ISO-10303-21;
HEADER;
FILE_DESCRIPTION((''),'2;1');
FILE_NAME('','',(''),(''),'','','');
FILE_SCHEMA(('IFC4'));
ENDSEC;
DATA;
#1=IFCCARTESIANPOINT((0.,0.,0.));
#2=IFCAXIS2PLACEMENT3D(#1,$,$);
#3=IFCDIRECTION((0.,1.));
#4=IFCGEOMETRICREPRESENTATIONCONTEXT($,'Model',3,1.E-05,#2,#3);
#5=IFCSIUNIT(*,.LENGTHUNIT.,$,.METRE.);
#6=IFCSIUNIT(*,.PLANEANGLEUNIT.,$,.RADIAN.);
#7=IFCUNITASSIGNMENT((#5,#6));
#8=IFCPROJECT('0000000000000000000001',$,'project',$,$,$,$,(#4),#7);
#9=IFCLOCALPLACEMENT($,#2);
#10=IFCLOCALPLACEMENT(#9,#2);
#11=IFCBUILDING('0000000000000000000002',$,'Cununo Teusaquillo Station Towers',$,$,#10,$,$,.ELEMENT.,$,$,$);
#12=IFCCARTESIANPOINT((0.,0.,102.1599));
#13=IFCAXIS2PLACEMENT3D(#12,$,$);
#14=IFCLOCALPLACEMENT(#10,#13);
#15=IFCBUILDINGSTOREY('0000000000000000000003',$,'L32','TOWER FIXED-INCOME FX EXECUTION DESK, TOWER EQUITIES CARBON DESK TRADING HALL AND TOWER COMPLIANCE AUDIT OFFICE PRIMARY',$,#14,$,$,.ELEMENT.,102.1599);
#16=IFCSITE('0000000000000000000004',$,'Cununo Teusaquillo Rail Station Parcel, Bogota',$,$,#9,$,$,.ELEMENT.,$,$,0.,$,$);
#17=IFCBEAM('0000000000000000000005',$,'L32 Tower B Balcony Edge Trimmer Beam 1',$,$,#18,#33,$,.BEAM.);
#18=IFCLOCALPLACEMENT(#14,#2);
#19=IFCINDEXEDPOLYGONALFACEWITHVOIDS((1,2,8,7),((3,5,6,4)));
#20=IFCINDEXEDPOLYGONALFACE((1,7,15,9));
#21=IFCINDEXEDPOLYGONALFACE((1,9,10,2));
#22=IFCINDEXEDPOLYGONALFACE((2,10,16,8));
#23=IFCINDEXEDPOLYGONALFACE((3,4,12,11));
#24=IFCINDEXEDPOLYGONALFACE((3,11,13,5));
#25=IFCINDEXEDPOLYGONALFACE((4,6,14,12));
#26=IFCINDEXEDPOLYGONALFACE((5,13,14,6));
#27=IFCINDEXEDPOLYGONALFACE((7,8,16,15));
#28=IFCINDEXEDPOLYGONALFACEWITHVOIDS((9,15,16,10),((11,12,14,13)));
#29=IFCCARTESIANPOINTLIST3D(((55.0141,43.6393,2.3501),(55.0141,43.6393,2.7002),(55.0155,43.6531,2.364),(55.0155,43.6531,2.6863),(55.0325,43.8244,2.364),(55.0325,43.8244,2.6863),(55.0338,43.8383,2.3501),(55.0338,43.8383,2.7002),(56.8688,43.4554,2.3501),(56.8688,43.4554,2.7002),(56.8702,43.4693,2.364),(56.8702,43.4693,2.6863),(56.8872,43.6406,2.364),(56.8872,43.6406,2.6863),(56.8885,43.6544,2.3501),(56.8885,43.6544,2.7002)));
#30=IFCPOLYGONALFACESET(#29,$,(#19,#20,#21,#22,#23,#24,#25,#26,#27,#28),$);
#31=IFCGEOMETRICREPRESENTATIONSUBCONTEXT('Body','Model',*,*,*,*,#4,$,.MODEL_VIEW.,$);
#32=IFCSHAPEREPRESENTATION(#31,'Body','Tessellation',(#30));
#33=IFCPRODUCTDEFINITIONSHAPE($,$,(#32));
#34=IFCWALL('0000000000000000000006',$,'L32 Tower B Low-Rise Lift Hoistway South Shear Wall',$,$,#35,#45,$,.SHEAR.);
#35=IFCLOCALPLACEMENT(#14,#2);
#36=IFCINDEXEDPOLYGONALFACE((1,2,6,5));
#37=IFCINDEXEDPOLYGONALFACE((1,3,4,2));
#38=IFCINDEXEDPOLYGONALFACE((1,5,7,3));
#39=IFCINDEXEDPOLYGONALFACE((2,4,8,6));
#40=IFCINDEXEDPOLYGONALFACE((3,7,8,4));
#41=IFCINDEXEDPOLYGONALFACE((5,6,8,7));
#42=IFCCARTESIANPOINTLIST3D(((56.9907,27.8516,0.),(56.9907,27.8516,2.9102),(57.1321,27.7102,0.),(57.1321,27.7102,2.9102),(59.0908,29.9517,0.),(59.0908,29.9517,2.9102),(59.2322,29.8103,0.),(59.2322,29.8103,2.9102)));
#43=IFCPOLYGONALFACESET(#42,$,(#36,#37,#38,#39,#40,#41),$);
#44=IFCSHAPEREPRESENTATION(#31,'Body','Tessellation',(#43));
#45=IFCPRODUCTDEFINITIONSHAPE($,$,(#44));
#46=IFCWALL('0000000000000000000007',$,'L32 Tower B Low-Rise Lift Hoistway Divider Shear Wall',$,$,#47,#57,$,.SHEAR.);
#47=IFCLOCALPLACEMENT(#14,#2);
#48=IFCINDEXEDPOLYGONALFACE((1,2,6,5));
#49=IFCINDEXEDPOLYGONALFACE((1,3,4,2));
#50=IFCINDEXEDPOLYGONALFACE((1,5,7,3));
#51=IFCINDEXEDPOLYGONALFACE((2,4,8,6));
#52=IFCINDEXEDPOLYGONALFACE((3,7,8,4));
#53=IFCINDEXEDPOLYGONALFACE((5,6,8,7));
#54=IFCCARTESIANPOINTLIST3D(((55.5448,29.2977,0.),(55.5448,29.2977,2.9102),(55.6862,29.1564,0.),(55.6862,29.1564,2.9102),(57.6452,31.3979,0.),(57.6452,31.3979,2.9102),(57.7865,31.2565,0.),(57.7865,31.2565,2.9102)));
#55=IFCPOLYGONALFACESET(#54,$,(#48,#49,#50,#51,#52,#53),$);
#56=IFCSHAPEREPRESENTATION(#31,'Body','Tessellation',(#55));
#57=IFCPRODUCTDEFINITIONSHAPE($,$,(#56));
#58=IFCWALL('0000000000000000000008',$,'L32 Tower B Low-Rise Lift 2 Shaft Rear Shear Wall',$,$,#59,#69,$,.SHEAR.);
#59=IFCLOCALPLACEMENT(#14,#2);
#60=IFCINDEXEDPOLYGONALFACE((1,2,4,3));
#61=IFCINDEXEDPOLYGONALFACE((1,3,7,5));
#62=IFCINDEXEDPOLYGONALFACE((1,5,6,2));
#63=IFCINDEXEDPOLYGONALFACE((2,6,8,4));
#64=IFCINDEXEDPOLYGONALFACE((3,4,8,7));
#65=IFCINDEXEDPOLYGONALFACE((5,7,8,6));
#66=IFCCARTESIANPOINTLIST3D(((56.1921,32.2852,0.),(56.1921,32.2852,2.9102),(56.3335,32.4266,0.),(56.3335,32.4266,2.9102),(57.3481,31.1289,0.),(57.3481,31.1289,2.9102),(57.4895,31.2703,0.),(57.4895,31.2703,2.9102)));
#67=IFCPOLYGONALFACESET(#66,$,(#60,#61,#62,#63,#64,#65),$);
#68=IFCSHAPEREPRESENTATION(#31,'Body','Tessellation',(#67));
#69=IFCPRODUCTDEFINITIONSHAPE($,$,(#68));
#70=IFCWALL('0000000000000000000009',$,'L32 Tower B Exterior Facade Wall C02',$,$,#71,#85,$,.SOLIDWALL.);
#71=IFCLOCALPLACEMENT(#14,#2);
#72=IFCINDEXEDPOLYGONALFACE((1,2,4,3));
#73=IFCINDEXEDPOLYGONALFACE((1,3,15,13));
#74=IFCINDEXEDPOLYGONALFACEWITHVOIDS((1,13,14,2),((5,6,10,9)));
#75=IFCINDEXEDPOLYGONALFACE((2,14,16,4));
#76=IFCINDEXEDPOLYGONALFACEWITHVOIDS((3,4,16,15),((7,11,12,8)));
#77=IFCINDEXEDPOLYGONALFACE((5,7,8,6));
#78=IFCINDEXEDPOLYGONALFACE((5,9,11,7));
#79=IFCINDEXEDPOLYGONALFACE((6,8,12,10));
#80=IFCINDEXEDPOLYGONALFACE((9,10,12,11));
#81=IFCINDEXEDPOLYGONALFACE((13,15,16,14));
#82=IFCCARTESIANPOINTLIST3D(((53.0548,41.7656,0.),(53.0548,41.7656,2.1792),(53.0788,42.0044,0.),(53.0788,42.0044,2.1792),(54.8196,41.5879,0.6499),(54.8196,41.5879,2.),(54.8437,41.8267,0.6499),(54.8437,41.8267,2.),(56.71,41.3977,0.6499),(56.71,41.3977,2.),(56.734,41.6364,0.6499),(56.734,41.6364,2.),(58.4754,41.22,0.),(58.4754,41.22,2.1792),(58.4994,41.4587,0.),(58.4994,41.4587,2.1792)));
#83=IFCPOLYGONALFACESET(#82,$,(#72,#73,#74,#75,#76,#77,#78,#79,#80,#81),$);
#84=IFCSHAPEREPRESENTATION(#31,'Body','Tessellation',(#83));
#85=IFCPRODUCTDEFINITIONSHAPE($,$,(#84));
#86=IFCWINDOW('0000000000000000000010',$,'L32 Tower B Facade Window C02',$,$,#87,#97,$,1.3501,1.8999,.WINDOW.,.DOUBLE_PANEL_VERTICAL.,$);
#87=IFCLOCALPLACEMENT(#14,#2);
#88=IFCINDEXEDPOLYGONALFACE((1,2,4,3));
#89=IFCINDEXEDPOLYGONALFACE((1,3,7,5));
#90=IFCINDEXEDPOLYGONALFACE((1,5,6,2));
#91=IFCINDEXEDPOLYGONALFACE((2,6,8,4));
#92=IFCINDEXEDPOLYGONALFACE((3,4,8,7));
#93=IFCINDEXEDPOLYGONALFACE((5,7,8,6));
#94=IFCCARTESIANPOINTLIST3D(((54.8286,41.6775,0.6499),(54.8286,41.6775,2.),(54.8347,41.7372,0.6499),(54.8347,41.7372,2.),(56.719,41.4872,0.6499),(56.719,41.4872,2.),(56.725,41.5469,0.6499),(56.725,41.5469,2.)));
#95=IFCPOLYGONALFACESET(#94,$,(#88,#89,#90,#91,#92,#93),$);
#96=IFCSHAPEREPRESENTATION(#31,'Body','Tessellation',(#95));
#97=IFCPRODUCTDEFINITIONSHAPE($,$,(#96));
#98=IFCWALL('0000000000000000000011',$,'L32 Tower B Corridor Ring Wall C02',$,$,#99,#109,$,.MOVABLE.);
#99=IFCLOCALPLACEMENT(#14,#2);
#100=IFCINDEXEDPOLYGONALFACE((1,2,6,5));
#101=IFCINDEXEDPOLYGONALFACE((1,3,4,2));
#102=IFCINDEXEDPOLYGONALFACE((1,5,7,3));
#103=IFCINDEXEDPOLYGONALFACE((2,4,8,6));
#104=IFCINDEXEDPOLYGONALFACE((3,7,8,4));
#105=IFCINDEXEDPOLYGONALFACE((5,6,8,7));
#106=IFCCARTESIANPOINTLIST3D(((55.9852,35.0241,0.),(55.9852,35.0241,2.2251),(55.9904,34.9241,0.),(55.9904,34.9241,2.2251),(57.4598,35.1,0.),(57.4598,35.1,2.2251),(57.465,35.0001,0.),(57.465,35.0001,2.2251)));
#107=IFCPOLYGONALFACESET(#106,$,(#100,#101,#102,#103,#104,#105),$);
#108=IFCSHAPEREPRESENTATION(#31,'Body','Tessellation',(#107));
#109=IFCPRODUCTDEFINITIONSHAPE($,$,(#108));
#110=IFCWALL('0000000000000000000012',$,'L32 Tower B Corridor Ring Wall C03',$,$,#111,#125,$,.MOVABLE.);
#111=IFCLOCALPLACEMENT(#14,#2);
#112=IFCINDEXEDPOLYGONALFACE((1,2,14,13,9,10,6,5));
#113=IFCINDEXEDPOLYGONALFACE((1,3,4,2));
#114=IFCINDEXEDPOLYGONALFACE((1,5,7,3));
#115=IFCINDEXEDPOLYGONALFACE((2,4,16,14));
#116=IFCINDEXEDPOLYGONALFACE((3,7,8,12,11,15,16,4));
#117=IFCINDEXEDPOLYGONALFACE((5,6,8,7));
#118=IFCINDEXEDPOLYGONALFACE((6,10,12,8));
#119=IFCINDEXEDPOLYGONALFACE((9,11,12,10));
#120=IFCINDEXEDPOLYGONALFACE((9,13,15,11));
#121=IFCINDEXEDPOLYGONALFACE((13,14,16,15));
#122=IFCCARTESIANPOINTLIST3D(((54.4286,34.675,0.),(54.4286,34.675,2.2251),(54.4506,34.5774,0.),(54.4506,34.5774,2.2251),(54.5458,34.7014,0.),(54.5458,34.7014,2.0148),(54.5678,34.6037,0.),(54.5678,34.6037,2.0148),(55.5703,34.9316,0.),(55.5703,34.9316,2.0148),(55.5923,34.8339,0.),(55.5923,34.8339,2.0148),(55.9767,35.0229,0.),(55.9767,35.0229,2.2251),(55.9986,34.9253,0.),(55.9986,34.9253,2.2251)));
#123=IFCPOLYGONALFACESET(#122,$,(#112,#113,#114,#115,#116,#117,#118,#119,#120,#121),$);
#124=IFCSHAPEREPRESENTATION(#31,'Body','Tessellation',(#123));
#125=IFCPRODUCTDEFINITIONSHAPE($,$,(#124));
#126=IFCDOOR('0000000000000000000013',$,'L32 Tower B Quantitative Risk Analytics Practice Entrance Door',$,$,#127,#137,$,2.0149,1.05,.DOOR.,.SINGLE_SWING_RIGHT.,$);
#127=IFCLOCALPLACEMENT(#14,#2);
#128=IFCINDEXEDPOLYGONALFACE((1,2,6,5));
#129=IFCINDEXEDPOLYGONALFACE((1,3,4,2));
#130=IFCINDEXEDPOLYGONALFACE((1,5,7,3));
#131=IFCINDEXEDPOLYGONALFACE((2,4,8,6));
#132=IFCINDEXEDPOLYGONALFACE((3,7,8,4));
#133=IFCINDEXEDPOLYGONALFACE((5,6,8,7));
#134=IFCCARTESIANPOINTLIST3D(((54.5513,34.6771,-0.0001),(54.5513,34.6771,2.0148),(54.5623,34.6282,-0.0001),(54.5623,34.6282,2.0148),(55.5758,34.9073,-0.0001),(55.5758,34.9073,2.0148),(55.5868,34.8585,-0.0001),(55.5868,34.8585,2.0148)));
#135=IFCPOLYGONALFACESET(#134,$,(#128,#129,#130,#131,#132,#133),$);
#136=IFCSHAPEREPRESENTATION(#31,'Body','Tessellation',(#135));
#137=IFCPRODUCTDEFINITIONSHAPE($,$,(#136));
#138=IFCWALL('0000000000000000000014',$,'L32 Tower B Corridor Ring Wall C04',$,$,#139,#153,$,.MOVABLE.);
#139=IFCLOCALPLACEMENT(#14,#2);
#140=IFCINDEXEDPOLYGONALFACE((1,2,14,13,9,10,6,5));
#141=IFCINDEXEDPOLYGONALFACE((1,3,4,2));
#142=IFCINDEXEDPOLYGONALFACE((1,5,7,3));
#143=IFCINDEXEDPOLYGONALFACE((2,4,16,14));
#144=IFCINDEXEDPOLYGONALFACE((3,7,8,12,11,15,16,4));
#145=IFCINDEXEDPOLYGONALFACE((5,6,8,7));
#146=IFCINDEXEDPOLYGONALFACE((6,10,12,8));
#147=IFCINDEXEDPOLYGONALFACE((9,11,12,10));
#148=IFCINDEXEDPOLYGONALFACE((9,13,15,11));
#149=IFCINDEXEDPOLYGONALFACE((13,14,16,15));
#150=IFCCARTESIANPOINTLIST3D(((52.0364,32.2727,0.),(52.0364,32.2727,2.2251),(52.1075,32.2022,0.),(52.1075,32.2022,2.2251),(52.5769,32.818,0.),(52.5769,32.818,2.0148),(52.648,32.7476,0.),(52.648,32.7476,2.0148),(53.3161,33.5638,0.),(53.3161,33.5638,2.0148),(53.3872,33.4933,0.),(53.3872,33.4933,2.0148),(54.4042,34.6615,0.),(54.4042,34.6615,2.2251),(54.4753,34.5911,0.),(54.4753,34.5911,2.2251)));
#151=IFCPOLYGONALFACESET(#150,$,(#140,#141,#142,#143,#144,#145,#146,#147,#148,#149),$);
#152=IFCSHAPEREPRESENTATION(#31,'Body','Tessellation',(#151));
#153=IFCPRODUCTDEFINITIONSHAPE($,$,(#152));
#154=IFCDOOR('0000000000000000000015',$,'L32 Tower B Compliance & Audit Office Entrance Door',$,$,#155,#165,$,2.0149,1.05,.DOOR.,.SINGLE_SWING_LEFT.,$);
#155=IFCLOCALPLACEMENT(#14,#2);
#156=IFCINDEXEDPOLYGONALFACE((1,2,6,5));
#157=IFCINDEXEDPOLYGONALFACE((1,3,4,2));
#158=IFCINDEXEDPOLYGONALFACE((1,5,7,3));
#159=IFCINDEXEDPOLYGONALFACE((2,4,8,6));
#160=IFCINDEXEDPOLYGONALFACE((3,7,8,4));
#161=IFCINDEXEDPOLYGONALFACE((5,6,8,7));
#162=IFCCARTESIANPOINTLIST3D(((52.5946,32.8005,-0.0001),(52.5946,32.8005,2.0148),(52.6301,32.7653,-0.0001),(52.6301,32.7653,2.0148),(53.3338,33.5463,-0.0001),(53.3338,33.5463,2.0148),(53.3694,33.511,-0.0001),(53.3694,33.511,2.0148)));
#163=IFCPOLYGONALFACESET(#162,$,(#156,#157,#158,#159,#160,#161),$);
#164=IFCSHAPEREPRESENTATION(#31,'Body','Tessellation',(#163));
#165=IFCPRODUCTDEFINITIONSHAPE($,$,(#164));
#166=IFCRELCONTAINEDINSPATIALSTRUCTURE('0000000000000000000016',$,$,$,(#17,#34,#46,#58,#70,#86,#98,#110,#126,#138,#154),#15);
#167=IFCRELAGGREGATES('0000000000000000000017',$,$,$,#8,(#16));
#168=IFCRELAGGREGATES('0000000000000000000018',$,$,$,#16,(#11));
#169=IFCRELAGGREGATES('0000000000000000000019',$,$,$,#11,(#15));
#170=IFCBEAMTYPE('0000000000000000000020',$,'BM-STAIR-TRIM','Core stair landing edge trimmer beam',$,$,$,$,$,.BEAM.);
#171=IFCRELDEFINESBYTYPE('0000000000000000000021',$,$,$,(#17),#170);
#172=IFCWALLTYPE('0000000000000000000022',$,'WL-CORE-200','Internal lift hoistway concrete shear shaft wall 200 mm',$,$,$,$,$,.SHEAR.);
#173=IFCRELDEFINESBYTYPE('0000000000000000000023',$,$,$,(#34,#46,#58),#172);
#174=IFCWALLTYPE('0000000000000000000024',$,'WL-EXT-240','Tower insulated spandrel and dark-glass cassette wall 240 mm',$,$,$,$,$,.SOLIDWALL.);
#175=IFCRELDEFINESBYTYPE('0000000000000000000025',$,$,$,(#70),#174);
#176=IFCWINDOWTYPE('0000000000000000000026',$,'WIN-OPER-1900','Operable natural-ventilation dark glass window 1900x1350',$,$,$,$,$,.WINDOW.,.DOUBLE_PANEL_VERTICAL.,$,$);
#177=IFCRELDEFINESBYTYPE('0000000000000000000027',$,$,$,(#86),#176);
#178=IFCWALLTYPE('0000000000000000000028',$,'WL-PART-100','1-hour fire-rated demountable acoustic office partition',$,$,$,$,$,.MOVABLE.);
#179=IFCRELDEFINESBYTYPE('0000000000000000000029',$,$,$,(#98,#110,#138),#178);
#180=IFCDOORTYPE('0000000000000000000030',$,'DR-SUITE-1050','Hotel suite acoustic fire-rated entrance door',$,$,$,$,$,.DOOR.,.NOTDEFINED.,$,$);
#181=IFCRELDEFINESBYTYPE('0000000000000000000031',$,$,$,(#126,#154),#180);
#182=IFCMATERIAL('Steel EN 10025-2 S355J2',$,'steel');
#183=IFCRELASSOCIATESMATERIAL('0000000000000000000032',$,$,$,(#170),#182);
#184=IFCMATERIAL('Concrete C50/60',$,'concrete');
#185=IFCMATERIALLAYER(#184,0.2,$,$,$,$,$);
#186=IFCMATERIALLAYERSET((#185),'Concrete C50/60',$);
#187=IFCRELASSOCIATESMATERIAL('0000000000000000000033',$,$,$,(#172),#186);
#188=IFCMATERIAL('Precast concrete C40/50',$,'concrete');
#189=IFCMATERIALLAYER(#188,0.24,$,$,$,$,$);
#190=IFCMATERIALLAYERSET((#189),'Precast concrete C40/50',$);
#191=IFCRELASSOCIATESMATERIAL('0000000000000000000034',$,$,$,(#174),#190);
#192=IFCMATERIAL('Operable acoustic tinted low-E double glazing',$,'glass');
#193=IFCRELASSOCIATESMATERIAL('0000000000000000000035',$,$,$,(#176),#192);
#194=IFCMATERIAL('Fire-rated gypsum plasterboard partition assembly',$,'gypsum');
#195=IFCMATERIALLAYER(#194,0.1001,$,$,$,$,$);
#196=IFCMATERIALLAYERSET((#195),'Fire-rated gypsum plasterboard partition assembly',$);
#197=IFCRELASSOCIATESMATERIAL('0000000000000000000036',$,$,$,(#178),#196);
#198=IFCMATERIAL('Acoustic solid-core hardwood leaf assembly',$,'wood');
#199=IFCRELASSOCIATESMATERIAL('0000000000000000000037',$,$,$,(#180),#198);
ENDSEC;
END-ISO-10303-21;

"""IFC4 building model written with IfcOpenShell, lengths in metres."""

from ifc_helpers import new_model, si_unit, direction, frame, frame_2d, origin, origin_2d, place, context, subcontext, project, spatial, rectangle, hollow_rectangle, extrude, source, transform, mapped, material, layer, layer_set, material_profile, profile_set, type_object, element, fill, save


model = new_model("IFC4")

# Units and contexts
model_context = context("Model", 3, precision=1e-05, world=origin(), true_north=direction((0.0, 1.0)))
body_context = subcontext(model_context, "Body", "Model", "MODEL_VIEW")
ifc_project = project(units=[si_unit("LENGTHUNIT", "METRE"), si_unit("PLANEANGLEUNIT", "RADIAN")], contexts=[model_context])

# Site, building, storey
site_placement = place(None, origin())
site = spatial("IfcSite", under=ifc_project, at=site_placement, Name="Cununo Teusaquillo Rail Station Parcel, Bogota", CompositionType="ELEMENT", RefElevation=0.0)
building_placement = place(site_placement, origin())
building = spatial("IfcBuilding", under=site, at=building_placement, Name="Cununo Teusaquillo Station Towers", CompositionType="ELEMENT")
storey_placement = place(building_placement, frame((0.0, 0.0, 102.1599)))
storey = spatial("IfcBuildingStorey", under=building, at=storey_placement, Name="L32", Description="TOWER FIXED-INCOME FX EXECUTION DESK, TOWER EQUITIES CARBON DESK TRADING HALL AND TOWER COMPLIANCE AUDIT OFFICE PRIMARY", CompositionType="ELEMENT", Elevation=102.1599)

# Beam
ifc_material_1 = material(Name="Steel EN 10025-2 S355J2", Category="steel")
ifc_material_profile_1 = material_profile(ifc_material_1, hollow_rectangle(XDim=0.2, YDim=0.3501, WallThickness=0.0139, at=origin_2d()), Name="RHS 350x200x14")
ifc_profile_set_1 = profile_set([ifc_material_profile_1], Name="Steel EN 10025-2 S355J2")
beam_type_1 = type_object("IfcBeamType", Name="BM-STAIR-TRIM", Description="Core stair landing edge trimmer beam", PredefinedType="BEAM", material=ifc_profile_set_1)
beam_1_placement = place(storey_placement, frame((56.8787, 43.5549, 2.5251), z_axis=(-0.995124, 0.098635, 0.0), x_axis=(-0.098635, -0.995124, 0.0)))
element("IfcBeam", 1, at=beam_1_placement, inside=storey, type_object=beam_type_1, Name="L32 Tower B Balcony Edge Trimmer Beam 1", PredefinedType="BEAM", context=body_context, shape_type="SweptSolid", body=[
    extrude(hollow_rectangle(XDim=0.2, YDim=0.3501, WallThickness=0.0139, at=origin_2d()), origin(), (0.0, 0.0, 1.0), 1.8638),
])

# Walls
ifc_material_2 = material(Name="Concrete C50/60", Category="concrete")
ifc_layer_1 = layer(ifc_material_2, 0.2)
ifc_layer_set_1 = layer_set([ifc_layer_1], Name="Concrete C50/60")
wall_type_1 = type_object("IfcWallType", Name="WL-CORE-200", Description="Internal lift hoistway concrete shear shaft wall 200 mm", PredefinedType="SHEAR", material=ifc_layer_set_1)
wall_1_placement = place(storey_placement, frame((57.0615, 27.781, 0.0), z_axis=(0.0, 0.0, 1.0), x_axis=(0.707107, 0.707107, 0.0)))
element("IfcWall", 2, at=wall_1_placement, inside=storey, type_object=wall_type_1, Name="L32 Tower B Low-Rise Lift Hoistway South Shear Wall", PredefinedType="SHEAR", context=body_context, shape_type="SweptSolid", body=[
    extrude(rectangle(XDim=2.97, YDim=0.2, at=frame_2d((1.4849, 0.0))), origin(), (0.0, 0.0, 1.0), 2.9102),
])
wall_2_placement = place(storey_placement, frame((55.6155, 29.2271, 0.0), z_axis=(0.0, 0.0, 1.0), x_axis=(0.707148, 0.707066, 0.0)))
element("IfcWall", 3, at=wall_2_placement, inside=storey, type_object=wall_type_1, Name="L32 Tower B Low-Rise Lift Hoistway Divider Shear Wall", PredefinedType="SHEAR", context=body_context, shape_type="SweptSolid", body=[
    extrude(rectangle(XDim=2.9702, YDim=0.2, at=frame_2d((1.4851, 0.0))), origin(), (0.0, 0.0, 1.0), 2.9102),
])
wall_3_placement = place(storey_placement, frame((57.4187, 31.1997, 0.0), z_axis=(0.0, 0.0, 1.0), x_axis=(-0.707032, 0.707181, 0.0)))
element("IfcWall", 4, at=wall_3_placement, inside=storey, type_object=wall_type_1, Name="L32 Tower B Low-Rise Lift 2 Shaft Rear Shear Wall", PredefinedType="SHEAR", context=body_context, shape_type="SweptSolid", body=[
    extrude(rectangle(XDim=1.635, YDim=0.2, at=frame_2d((0.8174, 0.0))), origin(), (0.0, 0.0, 1.0), 2.9102),
])

# Wall, opening, window
ifc_material_3 = material(Name="Precast concrete C40/50", Category="concrete")
ifc_layer_2 = layer(ifc_material_3, 0.24)
ifc_layer_set_2 = layer_set([ifc_layer_2], Name="Precast concrete C40/50")
wall_type_2 = type_object("IfcWallType", Name="WL-EXT-240", Description="Tower insulated spandrel and dark-glass cassette wall 240 mm", PredefinedType="SOLIDWALL", material=ifc_layer_set_2)
wall_4_placement = place(storey_placement, frame((53.0667, 41.885, 0.0), z_axis=(0.0, 0.0, 1.0), x_axis=(0.994972, -0.100156, 0.0)))
wall_4 = element("IfcWall", 5, at=wall_4_placement, inside=storey, type_object=wall_type_2, Name="L32 Tower B Exterior Facade Wall C02", PredefinedType="SOLIDWALL", context=body_context, shape_type="SweptSolid", body=[
    extrude(rectangle(XDim=5.448, YDim=0.24, at=frame_2d((2.7241, 0.0))), origin(), (0.0, 0.0, 1.0), 2.1792),
])
shared_shape_1 = source(origin(), body_context, "Body", "SweptSolid", [
    extrude(rectangle(XDim=1.8999, YDim=1.3501, at=frame_2d((0.95, 0.675))), frame((0.0, 0.1299, 0.0), z_axis=(0.0, -1.0, 0.0), x_axis=(1.0, 0.0, 0.0)), (0.0, 0.0, 1.0), 0.26),
])
opening_1_placement = place(wall_4_placement, frame((1.7739, 0.0, 0.6499)))
opening_1 = element("IfcOpeningElement", 6, at=opening_1_placement, cuts=wall_4, PredefinedType="OPENING", context=body_context, shape_type="MappedRepresentation", body=[
    mapped(shared_shape_1, transform((0.0, 0.0, 0.0), x_axis=(1.0, 0.0, 0.0), y_axis=(0.0, 1.0, 0.0), z_axis=(0.0, 0.0, 1.0), scale=1.0)),
])
ifc_material_4 = material(Name="Operable acoustic tinted low-E double glazing", Category="glass")
window_type = type_object("IfcWindowType", Name="WIN-OPER-1900", Description="Operable natural-ventilation dark glass window 1900x1350", PartitioningType="DOUBLE_PANEL_VERTICAL", PredefinedType="WINDOW", material=ifc_material_4)
shared_shape_2 = source(origin(), body_context, "Body", "SweptSolid", [
    extrude(rectangle(XDim=1.8999, YDim=1.3501, at=frame_2d((0.95, 0.675))), frame((0.0, 0.03, 0.0), z_axis=(0.0, -1.0, 0.0), x_axis=(1.0, 0.0, 0.0)), (0.0, 0.0, 1.0), 0.0601),
])
window_placement = place(opening_1_placement, origin())
window = element("IfcWindow", 7, at=window_placement, inside=storey, type_object=window_type, Name="L32 Tower B Facade Window C02", OverallHeight=1.3501, OverallWidth=1.8999, PartitioningType="DOUBLE_PANEL_VERTICAL", PredefinedType="WINDOW", context=body_context, shape_type="MappedRepresentation", body=[
    mapped(shared_shape_2, transform((0.0, 0.0, 0.0), x_axis=(1.0, 0.0, 0.0), y_axis=(0.0, 1.0, 0.0), z_axis=(0.0, 0.0, 1.0), scale=1.0)),
])
fill(opening_1, window)

# Wall
ifc_material_5 = material(Name="Fire-rated gypsum plasterboard partition assembly", Category="gypsum")
ifc_layer_3 = layer(ifc_material_5, 0.1001)
ifc_layer_set_3 = layer_set([ifc_layer_3], Name="Fire-rated gypsum plasterboard partition assembly")
wall_type_3 = type_object("IfcWallType", Name="WL-PART-100", Description="1-hour fire-rated demountable acoustic office partition", PredefinedType="MOVABLE", material=ifc_layer_set_3)
wall_5_placement = place(storey_placement, frame((57.4624, 35.05, 0.0), z_axis=(0.0, 0.0, 1.0), x_axis=(-0.998677, -0.051422, 0.0)))
element("IfcWall", 8, at=wall_5_placement, inside=storey, type_object=wall_type_3, Name="L32 Tower B Corridor Ring Wall C02", PredefinedType="MOVABLE", context=body_context, shape_type="SweptSolid", body=[
    extrude(rectangle(XDim=1.4766, YDim=0.1001, at=frame_2d((0.7383, 0.0))), origin(), (0.0, 0.0, 1.0), 2.2251),
])

# Walls, openings, doors
wall_6_placement = place(storey_placement, frame((55.9878, 34.9741, 0.0), z_axis=(0.0, 0.0, 1.0), x_axis=(-0.975667, -0.21926, 0.0)))
wall_6 = element("IfcWall", 9, at=wall_6_placement, inside=storey, type_object=wall_type_3, Name="L32 Tower B Corridor Ring Wall C03", PredefinedType="MOVABLE", context=body_context, shape_type="SweptSolid", body=[
    extrude(rectangle(XDim=1.5867, YDim=0.1001, at=frame_2d((0.7935, 0.0))), origin(), (0.0, 0.0, 1.0), 2.2251),
])
shared_shape_3 = source(origin(), body_context, "Body", "SweptSolid", [
    extrude(rectangle(XDim=1.05, YDim=2.0149, at=frame_2d((0.5249, 1.0073))), frame((0.0, 0.0601, 0.0), z_axis=(0.0, -1.0, 0.0), x_axis=(1.0, 0.0, 0.0)), (0.0, 0.0, 1.0), 0.1201),
])
opening_2_placement = place(wall_6_placement, frame((0.4167, 0.0, 0.0)))
opening_2 = element("IfcOpeningElement", 10, at=opening_2_placement, cuts=wall_6, PredefinedType="OPENING", context=body_context, shape_type="MappedRepresentation", body=[
    mapped(shared_shape_3, transform((0.0, 0.0, 0.0), x_axis=(1.0, 0.0, 0.0), y_axis=(0.0, 1.0, 0.0), z_axis=(0.0, 0.0, 1.0), scale=1.0)),
])
ifc_material_6 = material(Name="Acoustic solid-core hardwood leaf assembly", Category="wood")
door_type_1 = type_object("IfcDoorType", Name="DR-SUITE-1050", Description="Hotel suite acoustic fire-rated entrance door", OperationType="NOTDEFINED", PredefinedType="DOOR", material=ifc_material_6)
shared_shape_4 = source(origin(), body_context, "Body", "SweptSolid", [
    extrude(rectangle(XDim=1.05, YDim=2.0149, at=frame_2d((0.5249, 1.0073))), frame((0.0, 0.0249, 0.0), z_axis=(0.0, -1.0, 0.0), x_axis=(1.0, 0.0, 0.0)), (0.0, 0.0, 1.0), 0.05),
])
door_1_placement = place(opening_2_placement, origin())
door_1 = element("IfcDoor", 11, at=door_1_placement, inside=storey, type_object=door_type_1, Name="L32 Tower B Quantitative Risk Analytics Practice Entrance Door", OperationType="SINGLE_SWING_RIGHT", OverallHeight=2.0149, OverallWidth=1.05, PredefinedType="DOOR", context=body_context, shape_type="MappedRepresentation", body=[
    mapped(shared_shape_4, transform((0.0, 0.0, 0.0), x_axis=(1.0, 0.0, 0.0), y_axis=(0.0, 1.0, 0.0), z_axis=(0.0, 0.0, 1.0), scale=1.0)),
])
fill(opening_2, door_1)
wall_7_placement = place(storey_placement, frame((54.4397, 34.6262, 0.0), z_axis=(0.0, 0.0, 1.0), x_axis=(-0.703979, -0.710221, 0.0)))
wall_7 = element("IfcWall", 12, at=wall_7_placement, inside=storey, type_object=wall_type_3, Name="L32 Tower B Corridor Ring Wall C04", PredefinedType="MOVABLE", context=body_context, shape_type="SweptSolid", body=[
    extrude(rectangle(XDim=3.3635, YDim=0.1001, at=frame_2d((1.6816, 0.0))), origin(), (0.0, 0.0, 1.0), 2.2251),
])
opening_3_placement = place(wall_7_placement, frame((1.5457, 0.0, 0.0)))
opening_3 = element("IfcOpeningElement", 13, at=opening_3_placement, cuts=wall_7, PredefinedType="OPENING", context=body_context, shape_type="MappedRepresentation", body=[
    mapped(shared_shape_3, transform((0.0, 0.0, 0.0), x_axis=(1.0, 0.0, 0.0), y_axis=(0.0, 1.0, 0.0), z_axis=(0.0, 0.0, 1.0), scale=1.0)),
])
door_2_placement = place(opening_3_placement, origin())
door_2 = element("IfcDoor", 14, at=door_2_placement, inside=storey, type_object=door_type_1, Name="L32 Tower B Compliance & Audit Office Entrance Door", OperationType="SINGLE_SWING_LEFT", OverallHeight=2.0149, OverallWidth=1.05, PredefinedType="DOOR", context=body_context, shape_type="MappedRepresentation", body=[
    mapped(shared_shape_4, transform((0.0, 0.0, 0.0), x_axis=(1.0, 0.0, 0.0), y_axis=(0.0, 1.0, 0.0), z_axis=(0.0, 0.0, 1.0), scale=1.0)),
])
fill(opening_3, door_2)

save(model, "model.ifc")
